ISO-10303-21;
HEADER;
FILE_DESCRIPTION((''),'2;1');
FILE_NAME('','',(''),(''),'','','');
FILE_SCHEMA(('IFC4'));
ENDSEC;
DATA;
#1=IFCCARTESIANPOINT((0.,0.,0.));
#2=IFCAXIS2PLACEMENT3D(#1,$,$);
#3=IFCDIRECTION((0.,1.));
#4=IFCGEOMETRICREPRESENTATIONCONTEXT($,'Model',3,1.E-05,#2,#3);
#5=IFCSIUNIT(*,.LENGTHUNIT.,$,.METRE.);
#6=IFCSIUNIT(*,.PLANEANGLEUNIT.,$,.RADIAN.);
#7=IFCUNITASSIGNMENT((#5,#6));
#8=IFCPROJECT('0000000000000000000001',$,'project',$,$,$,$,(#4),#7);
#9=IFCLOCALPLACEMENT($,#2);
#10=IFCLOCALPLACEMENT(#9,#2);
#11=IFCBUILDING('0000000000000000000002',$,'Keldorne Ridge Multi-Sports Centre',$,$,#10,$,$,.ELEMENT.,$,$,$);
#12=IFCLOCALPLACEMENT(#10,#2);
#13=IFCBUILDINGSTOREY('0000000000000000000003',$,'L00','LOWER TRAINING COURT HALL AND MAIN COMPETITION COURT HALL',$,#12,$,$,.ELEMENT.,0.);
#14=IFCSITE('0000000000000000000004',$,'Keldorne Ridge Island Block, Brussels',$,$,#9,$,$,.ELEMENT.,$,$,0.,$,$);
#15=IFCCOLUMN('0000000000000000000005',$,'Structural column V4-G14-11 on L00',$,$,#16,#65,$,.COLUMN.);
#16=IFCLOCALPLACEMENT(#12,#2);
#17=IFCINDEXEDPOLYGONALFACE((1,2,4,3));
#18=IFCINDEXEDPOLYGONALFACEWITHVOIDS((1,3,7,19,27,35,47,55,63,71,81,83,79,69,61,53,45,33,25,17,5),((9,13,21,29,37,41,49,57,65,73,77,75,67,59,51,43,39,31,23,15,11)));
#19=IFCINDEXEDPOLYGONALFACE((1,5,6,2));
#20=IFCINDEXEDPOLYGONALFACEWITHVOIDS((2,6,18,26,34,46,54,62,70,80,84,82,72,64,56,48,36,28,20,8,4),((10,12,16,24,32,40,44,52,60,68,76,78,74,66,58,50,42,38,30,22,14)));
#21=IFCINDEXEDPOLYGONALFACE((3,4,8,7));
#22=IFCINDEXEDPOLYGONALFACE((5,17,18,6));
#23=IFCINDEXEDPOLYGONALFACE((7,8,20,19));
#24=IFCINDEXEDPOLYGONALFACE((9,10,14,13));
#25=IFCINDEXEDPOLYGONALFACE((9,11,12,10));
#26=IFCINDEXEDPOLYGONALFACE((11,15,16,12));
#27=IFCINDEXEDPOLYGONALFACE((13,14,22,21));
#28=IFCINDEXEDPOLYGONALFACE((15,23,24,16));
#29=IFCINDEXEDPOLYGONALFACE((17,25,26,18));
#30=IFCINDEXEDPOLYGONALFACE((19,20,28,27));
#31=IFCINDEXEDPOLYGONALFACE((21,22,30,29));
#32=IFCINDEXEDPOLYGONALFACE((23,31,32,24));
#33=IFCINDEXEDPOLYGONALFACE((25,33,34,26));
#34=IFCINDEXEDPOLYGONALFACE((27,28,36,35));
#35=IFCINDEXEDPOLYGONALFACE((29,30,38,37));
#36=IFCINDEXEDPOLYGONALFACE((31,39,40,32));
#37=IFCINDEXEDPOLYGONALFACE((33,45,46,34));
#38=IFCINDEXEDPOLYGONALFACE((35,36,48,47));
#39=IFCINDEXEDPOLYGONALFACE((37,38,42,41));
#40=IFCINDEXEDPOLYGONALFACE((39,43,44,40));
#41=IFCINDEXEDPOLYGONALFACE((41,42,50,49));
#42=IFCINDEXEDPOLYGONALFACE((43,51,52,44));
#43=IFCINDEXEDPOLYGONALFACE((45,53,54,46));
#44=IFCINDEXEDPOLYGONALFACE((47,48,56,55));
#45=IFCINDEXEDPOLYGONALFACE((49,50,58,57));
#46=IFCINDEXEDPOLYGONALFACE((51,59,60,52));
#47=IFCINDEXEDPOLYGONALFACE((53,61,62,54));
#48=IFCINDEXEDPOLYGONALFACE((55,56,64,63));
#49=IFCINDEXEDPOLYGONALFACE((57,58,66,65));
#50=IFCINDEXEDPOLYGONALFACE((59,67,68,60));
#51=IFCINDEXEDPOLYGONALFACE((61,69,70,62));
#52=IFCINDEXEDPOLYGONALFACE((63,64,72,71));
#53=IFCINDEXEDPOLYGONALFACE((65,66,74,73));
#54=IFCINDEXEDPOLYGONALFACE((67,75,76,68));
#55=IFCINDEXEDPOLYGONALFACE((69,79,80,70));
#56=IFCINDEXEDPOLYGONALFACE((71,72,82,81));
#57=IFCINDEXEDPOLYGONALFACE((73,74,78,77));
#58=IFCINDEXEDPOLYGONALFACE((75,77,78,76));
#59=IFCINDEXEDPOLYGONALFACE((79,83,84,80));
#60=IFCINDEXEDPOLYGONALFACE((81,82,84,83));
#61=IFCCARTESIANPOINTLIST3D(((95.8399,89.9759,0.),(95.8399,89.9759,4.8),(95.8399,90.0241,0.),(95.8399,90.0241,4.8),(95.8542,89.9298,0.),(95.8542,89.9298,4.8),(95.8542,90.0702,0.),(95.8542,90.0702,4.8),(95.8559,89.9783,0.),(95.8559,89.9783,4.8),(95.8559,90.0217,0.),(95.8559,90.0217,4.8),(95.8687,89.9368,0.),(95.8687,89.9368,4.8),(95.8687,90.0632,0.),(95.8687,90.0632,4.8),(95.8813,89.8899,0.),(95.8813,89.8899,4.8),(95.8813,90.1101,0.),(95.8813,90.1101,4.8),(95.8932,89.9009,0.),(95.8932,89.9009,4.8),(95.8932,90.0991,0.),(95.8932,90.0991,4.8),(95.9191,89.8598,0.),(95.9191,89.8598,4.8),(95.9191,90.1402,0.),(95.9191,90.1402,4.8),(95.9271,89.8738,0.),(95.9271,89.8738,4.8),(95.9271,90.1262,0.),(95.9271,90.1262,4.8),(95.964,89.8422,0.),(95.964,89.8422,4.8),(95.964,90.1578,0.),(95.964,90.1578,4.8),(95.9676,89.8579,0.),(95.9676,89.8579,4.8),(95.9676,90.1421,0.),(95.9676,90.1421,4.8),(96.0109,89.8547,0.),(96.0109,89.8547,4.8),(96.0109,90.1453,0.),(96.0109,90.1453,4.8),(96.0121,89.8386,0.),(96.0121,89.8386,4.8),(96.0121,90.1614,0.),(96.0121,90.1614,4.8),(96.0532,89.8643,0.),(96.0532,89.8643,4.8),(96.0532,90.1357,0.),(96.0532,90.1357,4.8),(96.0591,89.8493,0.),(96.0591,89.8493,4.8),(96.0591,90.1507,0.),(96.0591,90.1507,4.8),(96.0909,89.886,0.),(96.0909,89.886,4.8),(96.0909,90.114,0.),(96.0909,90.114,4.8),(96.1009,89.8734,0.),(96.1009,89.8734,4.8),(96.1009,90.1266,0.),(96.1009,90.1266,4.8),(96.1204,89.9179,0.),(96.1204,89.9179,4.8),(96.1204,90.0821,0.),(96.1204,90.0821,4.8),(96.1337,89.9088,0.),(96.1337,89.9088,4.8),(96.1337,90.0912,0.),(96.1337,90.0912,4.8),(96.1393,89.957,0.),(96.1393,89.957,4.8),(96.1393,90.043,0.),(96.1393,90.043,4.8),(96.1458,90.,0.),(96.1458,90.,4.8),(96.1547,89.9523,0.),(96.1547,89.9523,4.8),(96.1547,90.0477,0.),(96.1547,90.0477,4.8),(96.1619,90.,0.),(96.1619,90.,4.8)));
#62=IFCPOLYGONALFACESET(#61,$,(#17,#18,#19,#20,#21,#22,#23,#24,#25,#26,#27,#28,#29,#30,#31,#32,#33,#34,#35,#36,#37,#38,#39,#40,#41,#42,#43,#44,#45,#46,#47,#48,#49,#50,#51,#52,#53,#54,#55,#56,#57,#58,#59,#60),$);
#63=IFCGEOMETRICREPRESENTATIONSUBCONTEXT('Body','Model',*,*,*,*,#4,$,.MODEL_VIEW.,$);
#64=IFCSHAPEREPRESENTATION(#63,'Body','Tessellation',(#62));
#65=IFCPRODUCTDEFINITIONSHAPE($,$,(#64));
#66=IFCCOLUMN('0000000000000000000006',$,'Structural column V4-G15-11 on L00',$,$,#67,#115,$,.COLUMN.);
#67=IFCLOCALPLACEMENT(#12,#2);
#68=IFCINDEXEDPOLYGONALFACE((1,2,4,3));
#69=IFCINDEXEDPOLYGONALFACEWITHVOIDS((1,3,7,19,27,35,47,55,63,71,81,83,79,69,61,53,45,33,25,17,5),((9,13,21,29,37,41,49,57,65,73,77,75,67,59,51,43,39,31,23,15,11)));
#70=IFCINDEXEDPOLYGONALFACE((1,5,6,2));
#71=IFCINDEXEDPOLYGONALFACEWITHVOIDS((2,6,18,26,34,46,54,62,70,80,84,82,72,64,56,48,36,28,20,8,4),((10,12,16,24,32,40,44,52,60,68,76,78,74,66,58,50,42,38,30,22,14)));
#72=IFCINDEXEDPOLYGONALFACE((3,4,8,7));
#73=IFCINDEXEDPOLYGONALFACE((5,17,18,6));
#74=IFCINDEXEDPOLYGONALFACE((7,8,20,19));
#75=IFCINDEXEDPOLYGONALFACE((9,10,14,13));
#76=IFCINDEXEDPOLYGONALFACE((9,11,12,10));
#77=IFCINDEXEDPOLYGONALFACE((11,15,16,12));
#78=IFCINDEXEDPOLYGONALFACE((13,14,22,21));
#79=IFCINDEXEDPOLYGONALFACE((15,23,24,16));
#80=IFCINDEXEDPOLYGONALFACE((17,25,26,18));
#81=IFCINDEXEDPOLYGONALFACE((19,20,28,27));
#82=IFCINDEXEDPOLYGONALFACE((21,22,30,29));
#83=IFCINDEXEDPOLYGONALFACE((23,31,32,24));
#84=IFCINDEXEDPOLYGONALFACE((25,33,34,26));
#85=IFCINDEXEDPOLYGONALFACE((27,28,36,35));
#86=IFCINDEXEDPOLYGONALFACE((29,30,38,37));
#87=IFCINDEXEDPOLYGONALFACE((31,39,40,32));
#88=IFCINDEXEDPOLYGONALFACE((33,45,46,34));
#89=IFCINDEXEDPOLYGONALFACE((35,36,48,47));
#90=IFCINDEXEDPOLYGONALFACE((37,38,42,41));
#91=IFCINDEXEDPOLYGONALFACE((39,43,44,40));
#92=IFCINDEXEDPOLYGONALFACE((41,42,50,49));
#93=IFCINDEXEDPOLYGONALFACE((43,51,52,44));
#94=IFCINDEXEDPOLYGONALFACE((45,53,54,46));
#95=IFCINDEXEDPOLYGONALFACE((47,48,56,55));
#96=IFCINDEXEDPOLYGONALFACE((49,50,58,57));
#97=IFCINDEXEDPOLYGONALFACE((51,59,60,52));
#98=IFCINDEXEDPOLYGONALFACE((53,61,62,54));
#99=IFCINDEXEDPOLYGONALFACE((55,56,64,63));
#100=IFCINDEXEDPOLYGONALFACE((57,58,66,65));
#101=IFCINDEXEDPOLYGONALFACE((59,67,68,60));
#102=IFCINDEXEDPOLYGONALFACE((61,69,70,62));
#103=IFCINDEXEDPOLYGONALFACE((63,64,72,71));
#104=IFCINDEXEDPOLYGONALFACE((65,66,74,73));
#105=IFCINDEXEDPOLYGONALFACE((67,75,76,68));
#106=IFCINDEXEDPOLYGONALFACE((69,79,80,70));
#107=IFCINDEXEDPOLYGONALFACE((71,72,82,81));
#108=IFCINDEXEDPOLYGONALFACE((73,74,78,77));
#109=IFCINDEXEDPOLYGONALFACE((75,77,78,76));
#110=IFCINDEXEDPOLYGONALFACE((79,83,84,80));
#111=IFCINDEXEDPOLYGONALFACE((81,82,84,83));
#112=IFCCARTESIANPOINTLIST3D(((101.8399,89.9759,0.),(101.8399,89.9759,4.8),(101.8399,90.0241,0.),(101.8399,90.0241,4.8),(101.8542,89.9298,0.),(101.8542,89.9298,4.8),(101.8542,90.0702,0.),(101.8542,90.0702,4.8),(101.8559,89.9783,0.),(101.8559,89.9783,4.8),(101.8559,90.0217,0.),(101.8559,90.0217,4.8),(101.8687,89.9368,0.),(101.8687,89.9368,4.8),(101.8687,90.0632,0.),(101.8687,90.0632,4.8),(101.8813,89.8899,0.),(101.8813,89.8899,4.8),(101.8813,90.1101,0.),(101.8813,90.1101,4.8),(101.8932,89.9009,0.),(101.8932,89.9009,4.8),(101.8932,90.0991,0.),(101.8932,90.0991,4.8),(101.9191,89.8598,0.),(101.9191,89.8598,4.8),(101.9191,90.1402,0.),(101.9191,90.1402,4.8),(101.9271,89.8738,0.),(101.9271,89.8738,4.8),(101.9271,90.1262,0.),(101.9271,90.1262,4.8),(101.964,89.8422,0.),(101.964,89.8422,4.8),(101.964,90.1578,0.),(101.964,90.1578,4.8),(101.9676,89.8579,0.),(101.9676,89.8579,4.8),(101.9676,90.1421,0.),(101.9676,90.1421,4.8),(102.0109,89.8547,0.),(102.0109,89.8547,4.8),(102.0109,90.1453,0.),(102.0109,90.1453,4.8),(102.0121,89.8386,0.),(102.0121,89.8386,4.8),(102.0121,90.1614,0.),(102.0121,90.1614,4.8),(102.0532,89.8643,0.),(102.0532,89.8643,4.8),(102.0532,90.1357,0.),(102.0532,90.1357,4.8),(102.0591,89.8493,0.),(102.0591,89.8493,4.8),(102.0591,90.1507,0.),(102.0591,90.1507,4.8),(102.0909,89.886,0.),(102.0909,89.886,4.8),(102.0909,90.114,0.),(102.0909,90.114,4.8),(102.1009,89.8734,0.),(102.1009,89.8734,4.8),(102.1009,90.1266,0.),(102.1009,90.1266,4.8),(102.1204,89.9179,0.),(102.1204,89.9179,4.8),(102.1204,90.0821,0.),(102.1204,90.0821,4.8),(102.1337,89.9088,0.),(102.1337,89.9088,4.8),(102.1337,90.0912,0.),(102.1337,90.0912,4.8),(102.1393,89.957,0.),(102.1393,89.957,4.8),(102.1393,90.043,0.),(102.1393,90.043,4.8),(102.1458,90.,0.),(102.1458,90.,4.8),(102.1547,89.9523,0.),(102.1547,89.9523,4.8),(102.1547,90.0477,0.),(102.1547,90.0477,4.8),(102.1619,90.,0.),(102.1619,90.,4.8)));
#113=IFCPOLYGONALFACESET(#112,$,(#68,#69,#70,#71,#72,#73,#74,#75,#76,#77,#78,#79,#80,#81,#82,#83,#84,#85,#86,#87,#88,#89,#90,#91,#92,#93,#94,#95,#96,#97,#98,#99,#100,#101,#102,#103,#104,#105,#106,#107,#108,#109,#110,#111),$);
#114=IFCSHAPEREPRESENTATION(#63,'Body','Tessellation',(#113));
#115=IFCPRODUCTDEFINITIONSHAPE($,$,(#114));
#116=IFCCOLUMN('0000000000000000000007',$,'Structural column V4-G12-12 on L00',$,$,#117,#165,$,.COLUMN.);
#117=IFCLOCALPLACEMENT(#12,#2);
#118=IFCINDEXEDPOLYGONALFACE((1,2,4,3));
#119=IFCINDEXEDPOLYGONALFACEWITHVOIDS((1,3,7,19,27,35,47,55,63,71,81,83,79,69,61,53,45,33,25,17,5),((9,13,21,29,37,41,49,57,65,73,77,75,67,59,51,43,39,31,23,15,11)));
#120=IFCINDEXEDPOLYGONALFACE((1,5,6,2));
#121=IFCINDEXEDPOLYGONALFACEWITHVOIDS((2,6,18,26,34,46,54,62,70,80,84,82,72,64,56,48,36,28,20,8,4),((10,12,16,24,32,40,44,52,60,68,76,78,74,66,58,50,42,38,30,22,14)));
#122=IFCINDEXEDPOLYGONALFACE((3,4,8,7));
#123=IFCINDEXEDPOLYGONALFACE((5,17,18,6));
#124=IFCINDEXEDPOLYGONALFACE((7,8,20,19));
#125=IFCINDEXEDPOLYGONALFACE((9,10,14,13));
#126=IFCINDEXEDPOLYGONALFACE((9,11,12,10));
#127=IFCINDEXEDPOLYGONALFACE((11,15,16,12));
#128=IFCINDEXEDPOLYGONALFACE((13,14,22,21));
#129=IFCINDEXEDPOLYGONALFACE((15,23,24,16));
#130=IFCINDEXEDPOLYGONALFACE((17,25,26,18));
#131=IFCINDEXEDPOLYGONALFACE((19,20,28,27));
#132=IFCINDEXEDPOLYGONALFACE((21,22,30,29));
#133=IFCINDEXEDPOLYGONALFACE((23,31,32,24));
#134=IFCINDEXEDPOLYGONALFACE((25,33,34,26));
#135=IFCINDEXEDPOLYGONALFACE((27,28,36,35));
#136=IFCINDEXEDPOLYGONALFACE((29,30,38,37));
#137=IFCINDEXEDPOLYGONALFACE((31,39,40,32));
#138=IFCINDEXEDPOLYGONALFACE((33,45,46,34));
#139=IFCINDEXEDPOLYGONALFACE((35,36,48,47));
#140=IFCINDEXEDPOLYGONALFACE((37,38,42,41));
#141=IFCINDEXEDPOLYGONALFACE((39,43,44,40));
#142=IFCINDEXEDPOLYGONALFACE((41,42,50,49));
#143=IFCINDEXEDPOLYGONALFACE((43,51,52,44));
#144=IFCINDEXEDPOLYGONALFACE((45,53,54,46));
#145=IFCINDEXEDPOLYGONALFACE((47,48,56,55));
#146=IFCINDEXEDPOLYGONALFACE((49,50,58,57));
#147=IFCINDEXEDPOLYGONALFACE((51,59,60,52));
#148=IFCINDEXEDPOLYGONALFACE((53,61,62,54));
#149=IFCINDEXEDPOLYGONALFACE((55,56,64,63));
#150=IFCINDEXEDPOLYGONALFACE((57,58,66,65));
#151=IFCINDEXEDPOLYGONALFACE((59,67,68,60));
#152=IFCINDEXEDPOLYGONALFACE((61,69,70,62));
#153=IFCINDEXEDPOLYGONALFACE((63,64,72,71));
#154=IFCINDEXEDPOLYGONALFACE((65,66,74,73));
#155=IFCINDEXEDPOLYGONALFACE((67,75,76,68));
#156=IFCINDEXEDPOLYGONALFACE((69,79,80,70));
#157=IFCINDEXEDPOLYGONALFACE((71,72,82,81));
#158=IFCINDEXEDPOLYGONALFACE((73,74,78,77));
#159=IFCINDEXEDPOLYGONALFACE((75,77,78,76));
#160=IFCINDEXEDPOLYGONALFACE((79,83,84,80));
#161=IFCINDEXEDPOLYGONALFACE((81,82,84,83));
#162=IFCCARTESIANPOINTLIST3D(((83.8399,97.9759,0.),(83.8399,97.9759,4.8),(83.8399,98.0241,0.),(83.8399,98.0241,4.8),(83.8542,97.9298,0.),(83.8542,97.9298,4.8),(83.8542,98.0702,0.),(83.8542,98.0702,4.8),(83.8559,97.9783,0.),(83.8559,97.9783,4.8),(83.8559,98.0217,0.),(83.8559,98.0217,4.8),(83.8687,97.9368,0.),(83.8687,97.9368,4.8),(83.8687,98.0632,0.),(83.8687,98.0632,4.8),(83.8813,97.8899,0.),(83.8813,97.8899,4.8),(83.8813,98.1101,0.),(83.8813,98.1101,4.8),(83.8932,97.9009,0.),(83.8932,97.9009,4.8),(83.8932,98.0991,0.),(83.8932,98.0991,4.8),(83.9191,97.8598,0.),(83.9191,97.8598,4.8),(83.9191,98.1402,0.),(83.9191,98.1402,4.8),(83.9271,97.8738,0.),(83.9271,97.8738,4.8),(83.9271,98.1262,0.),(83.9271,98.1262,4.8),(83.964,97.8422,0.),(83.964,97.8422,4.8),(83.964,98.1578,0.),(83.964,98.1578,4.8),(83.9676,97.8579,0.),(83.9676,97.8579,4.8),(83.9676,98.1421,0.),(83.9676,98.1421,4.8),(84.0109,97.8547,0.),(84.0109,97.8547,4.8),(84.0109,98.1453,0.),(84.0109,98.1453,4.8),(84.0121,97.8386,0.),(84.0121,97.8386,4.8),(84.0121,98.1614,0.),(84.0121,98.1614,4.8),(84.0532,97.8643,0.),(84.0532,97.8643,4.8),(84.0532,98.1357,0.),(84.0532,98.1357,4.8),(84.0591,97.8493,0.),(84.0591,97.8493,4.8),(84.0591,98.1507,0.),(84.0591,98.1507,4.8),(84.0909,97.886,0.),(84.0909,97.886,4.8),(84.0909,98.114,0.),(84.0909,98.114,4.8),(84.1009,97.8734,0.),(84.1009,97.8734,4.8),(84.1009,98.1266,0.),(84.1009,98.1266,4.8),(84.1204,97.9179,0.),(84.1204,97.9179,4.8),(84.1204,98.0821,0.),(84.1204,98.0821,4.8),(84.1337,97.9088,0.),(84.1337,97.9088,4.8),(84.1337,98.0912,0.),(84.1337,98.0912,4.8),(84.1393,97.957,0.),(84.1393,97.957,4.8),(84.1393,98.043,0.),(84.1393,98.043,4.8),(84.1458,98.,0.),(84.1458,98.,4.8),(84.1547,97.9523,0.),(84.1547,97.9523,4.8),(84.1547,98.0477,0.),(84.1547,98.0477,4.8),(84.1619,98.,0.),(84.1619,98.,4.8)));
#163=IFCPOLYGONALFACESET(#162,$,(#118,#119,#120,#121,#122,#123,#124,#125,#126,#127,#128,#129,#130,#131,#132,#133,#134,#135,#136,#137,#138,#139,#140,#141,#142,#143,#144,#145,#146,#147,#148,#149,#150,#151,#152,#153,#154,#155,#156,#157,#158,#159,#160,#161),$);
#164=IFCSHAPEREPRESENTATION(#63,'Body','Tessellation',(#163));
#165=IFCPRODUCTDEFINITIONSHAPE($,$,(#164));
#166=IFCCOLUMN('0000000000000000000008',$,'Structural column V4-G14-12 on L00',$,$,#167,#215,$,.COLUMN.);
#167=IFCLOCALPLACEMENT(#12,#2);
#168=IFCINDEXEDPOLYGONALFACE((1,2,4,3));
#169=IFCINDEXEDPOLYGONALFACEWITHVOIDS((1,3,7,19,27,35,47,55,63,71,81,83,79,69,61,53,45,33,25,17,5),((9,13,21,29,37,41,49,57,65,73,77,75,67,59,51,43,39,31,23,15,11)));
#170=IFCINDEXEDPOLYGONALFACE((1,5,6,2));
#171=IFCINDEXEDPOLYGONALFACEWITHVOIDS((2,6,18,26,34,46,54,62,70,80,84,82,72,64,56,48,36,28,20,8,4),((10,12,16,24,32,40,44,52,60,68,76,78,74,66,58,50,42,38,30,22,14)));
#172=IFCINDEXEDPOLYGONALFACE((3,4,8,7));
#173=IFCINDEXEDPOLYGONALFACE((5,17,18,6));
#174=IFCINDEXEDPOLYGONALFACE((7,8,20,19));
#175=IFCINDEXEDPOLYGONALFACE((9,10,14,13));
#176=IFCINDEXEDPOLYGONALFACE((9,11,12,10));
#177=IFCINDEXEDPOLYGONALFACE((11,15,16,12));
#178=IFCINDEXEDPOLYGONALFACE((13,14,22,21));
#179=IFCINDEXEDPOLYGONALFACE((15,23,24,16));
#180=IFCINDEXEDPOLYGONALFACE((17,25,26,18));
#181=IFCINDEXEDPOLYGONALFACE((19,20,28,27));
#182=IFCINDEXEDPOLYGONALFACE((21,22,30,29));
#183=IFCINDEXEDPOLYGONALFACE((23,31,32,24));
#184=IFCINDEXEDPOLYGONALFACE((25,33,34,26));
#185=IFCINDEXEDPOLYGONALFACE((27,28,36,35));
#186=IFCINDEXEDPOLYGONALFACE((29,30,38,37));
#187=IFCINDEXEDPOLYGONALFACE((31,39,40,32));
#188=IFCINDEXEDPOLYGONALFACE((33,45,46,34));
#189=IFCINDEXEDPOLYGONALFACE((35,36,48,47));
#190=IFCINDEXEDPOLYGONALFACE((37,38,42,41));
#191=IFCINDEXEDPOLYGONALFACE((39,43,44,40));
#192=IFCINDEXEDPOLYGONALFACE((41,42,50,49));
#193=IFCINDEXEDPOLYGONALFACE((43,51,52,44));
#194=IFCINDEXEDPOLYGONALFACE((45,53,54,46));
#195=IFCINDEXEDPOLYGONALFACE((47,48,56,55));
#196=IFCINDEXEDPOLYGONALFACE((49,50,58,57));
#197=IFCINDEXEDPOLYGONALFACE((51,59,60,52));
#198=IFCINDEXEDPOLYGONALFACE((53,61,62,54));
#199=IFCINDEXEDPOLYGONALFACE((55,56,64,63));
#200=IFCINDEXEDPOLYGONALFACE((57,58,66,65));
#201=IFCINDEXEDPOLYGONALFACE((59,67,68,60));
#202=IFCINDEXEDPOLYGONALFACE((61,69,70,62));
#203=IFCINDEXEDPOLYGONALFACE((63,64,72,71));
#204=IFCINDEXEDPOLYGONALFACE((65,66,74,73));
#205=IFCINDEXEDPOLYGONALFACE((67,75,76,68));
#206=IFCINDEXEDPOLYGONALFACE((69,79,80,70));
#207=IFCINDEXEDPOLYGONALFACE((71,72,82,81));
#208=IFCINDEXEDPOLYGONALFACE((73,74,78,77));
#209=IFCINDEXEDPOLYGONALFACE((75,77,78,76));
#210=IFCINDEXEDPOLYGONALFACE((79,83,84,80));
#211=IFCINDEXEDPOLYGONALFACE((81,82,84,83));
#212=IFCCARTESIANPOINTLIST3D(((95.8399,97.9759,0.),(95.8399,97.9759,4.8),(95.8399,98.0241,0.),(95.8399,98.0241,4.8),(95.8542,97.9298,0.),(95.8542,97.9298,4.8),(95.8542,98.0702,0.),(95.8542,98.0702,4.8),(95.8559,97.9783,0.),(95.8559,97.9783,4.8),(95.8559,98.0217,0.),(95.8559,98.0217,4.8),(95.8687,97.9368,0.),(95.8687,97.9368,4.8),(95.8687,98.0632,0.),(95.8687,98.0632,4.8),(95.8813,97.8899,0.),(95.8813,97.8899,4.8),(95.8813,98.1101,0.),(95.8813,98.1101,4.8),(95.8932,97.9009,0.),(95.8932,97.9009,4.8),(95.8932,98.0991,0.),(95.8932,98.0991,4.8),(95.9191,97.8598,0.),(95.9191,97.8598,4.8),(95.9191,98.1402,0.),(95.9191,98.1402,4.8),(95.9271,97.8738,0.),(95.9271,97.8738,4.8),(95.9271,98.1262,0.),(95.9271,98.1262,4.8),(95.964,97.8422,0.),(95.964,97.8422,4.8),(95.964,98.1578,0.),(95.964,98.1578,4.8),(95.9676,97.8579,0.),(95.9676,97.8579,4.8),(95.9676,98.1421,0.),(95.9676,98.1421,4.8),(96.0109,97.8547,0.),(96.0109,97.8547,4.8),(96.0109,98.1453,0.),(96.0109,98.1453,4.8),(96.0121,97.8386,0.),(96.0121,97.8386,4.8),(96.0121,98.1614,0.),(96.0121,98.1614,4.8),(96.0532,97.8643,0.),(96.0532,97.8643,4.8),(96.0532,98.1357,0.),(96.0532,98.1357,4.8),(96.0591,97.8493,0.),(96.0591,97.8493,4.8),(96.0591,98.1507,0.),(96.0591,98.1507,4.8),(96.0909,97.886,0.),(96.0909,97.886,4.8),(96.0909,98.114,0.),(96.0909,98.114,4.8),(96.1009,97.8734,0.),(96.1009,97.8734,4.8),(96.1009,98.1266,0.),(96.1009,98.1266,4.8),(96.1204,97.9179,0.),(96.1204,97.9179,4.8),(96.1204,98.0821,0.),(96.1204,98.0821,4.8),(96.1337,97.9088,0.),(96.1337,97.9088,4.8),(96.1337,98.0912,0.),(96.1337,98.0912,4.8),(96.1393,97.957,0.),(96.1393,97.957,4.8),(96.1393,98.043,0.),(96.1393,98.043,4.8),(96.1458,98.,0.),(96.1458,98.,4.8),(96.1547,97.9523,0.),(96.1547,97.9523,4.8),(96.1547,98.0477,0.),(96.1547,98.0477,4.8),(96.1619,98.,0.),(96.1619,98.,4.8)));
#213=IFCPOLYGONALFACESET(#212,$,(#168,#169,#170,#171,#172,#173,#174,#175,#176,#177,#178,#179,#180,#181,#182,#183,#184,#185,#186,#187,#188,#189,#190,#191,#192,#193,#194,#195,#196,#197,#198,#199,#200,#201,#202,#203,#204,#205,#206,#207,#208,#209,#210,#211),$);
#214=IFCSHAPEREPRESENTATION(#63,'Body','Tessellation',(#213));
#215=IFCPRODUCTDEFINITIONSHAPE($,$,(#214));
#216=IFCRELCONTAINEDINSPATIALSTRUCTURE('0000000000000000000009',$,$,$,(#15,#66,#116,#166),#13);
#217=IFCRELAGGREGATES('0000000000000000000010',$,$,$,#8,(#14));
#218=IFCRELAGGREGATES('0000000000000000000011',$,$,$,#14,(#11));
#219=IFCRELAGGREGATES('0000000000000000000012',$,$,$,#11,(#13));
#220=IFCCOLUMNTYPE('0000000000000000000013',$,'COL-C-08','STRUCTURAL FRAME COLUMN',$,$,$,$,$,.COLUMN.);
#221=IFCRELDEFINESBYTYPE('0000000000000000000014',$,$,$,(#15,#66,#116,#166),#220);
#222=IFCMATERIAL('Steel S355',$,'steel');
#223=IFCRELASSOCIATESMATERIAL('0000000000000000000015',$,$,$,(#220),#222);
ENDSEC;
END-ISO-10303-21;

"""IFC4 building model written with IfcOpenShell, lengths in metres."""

from ifc_helpers import new_model, si_unit, direction, frame, origin, origin_2d, place, context, subcontext, project, spatial, hollow_circle, extrude, material, material_profile, profile_set, type_object, element, save


model = new_model("IFC4")

# Units and contexts
model_context = context("Model", 3, precision=1e-05, world=origin(), true_north=direction((0.0, 1.0)))
body_context = subcontext(model_context, "Body", "Model", "MODEL_VIEW")
ifc_project = project(units=[si_unit("LENGTHUNIT", "METRE"), si_unit("PLANEANGLEUNIT", "RADIAN")], contexts=[model_context])

# Site, building, storey
site_placement = place(None, origin())
site = spatial("IfcSite", under=ifc_project, at=site_placement, Name="Keldorne Ridge Island Block, Brussels", CompositionType="ELEMENT", RefElevation=0.0)
building_placement = place(site_placement, origin())
building = spatial("IfcBuilding", under=site, at=building_placement, Name="Keldorne Ridge Multi-Sports Centre", CompositionType="ELEMENT")
storey_placement = place(building_placement, origin())
storey = spatial("IfcBuildingStorey", under=building, at=storey_placement, Name="L00", Description="LOWER TRAINING COURT HALL AND MAIN COMPETITION COURT HALL", CompositionType="ELEMENT", Elevation=0.0)

# Columns
ifc_material_1 = material(Name="Steel S355", Category="steel")
ifc_material_profile_1 = material_profile(ifc_material_1, hollow_circle(Radius=0.1619, WallThickness=0.0161, at=origin_2d()), Name="CHS 323.9x16")
ifc_profile_set_1 = profile_set([ifc_material_profile_1], Name="Steel S355")
column_type = type_object("IfcColumnType", Name="COL-C-08", Description="STRUCTURAL FRAME COLUMN", PredefinedType="COLUMN", material=ifc_profile_set_1)
for number, where, z_axis, x_axis, name in (
    (1, (96.0, 90.0, 0.0), (0.0, 0.0, 1.0), (1.0, 0.0, 0.0), "Structural column V4-G14-11 on L00"),
    (2, (102.0, 90.0, 0.0), (0.0, 0.0, 1.0), (1.0, 0.0, 0.0), "Structural column V4-G15-11 on L00"),
    (3, (84.0, 98.0, 0.0), (0.0, 0.0, 1.0), (1.0, 0.0, 0.0), "Structural column V4-G12-12 on L00"),
    (4, (96.0, 98.0, 0.0), (0.0, 0.0, 1.0), (1.0, 0.0, 0.0), "Structural column V4-G14-12 on L00"),
):
    element("IfcColumn", number, at=place(storey_placement, frame(where, z_axis=z_axis, x_axis=x_axis)), inside=storey, type_object=column_type, Name=name, PredefinedType="COLUMN", context=body_context, shape_type="SweptSolid", body=[
        extrude(hollow_circle(Radius=0.1619, WallThickness=0.0161, at=origin_2d()), origin(), (0.0, 0.0, 1.0), 4.8),
    ])

save(model, "model.ifc")
